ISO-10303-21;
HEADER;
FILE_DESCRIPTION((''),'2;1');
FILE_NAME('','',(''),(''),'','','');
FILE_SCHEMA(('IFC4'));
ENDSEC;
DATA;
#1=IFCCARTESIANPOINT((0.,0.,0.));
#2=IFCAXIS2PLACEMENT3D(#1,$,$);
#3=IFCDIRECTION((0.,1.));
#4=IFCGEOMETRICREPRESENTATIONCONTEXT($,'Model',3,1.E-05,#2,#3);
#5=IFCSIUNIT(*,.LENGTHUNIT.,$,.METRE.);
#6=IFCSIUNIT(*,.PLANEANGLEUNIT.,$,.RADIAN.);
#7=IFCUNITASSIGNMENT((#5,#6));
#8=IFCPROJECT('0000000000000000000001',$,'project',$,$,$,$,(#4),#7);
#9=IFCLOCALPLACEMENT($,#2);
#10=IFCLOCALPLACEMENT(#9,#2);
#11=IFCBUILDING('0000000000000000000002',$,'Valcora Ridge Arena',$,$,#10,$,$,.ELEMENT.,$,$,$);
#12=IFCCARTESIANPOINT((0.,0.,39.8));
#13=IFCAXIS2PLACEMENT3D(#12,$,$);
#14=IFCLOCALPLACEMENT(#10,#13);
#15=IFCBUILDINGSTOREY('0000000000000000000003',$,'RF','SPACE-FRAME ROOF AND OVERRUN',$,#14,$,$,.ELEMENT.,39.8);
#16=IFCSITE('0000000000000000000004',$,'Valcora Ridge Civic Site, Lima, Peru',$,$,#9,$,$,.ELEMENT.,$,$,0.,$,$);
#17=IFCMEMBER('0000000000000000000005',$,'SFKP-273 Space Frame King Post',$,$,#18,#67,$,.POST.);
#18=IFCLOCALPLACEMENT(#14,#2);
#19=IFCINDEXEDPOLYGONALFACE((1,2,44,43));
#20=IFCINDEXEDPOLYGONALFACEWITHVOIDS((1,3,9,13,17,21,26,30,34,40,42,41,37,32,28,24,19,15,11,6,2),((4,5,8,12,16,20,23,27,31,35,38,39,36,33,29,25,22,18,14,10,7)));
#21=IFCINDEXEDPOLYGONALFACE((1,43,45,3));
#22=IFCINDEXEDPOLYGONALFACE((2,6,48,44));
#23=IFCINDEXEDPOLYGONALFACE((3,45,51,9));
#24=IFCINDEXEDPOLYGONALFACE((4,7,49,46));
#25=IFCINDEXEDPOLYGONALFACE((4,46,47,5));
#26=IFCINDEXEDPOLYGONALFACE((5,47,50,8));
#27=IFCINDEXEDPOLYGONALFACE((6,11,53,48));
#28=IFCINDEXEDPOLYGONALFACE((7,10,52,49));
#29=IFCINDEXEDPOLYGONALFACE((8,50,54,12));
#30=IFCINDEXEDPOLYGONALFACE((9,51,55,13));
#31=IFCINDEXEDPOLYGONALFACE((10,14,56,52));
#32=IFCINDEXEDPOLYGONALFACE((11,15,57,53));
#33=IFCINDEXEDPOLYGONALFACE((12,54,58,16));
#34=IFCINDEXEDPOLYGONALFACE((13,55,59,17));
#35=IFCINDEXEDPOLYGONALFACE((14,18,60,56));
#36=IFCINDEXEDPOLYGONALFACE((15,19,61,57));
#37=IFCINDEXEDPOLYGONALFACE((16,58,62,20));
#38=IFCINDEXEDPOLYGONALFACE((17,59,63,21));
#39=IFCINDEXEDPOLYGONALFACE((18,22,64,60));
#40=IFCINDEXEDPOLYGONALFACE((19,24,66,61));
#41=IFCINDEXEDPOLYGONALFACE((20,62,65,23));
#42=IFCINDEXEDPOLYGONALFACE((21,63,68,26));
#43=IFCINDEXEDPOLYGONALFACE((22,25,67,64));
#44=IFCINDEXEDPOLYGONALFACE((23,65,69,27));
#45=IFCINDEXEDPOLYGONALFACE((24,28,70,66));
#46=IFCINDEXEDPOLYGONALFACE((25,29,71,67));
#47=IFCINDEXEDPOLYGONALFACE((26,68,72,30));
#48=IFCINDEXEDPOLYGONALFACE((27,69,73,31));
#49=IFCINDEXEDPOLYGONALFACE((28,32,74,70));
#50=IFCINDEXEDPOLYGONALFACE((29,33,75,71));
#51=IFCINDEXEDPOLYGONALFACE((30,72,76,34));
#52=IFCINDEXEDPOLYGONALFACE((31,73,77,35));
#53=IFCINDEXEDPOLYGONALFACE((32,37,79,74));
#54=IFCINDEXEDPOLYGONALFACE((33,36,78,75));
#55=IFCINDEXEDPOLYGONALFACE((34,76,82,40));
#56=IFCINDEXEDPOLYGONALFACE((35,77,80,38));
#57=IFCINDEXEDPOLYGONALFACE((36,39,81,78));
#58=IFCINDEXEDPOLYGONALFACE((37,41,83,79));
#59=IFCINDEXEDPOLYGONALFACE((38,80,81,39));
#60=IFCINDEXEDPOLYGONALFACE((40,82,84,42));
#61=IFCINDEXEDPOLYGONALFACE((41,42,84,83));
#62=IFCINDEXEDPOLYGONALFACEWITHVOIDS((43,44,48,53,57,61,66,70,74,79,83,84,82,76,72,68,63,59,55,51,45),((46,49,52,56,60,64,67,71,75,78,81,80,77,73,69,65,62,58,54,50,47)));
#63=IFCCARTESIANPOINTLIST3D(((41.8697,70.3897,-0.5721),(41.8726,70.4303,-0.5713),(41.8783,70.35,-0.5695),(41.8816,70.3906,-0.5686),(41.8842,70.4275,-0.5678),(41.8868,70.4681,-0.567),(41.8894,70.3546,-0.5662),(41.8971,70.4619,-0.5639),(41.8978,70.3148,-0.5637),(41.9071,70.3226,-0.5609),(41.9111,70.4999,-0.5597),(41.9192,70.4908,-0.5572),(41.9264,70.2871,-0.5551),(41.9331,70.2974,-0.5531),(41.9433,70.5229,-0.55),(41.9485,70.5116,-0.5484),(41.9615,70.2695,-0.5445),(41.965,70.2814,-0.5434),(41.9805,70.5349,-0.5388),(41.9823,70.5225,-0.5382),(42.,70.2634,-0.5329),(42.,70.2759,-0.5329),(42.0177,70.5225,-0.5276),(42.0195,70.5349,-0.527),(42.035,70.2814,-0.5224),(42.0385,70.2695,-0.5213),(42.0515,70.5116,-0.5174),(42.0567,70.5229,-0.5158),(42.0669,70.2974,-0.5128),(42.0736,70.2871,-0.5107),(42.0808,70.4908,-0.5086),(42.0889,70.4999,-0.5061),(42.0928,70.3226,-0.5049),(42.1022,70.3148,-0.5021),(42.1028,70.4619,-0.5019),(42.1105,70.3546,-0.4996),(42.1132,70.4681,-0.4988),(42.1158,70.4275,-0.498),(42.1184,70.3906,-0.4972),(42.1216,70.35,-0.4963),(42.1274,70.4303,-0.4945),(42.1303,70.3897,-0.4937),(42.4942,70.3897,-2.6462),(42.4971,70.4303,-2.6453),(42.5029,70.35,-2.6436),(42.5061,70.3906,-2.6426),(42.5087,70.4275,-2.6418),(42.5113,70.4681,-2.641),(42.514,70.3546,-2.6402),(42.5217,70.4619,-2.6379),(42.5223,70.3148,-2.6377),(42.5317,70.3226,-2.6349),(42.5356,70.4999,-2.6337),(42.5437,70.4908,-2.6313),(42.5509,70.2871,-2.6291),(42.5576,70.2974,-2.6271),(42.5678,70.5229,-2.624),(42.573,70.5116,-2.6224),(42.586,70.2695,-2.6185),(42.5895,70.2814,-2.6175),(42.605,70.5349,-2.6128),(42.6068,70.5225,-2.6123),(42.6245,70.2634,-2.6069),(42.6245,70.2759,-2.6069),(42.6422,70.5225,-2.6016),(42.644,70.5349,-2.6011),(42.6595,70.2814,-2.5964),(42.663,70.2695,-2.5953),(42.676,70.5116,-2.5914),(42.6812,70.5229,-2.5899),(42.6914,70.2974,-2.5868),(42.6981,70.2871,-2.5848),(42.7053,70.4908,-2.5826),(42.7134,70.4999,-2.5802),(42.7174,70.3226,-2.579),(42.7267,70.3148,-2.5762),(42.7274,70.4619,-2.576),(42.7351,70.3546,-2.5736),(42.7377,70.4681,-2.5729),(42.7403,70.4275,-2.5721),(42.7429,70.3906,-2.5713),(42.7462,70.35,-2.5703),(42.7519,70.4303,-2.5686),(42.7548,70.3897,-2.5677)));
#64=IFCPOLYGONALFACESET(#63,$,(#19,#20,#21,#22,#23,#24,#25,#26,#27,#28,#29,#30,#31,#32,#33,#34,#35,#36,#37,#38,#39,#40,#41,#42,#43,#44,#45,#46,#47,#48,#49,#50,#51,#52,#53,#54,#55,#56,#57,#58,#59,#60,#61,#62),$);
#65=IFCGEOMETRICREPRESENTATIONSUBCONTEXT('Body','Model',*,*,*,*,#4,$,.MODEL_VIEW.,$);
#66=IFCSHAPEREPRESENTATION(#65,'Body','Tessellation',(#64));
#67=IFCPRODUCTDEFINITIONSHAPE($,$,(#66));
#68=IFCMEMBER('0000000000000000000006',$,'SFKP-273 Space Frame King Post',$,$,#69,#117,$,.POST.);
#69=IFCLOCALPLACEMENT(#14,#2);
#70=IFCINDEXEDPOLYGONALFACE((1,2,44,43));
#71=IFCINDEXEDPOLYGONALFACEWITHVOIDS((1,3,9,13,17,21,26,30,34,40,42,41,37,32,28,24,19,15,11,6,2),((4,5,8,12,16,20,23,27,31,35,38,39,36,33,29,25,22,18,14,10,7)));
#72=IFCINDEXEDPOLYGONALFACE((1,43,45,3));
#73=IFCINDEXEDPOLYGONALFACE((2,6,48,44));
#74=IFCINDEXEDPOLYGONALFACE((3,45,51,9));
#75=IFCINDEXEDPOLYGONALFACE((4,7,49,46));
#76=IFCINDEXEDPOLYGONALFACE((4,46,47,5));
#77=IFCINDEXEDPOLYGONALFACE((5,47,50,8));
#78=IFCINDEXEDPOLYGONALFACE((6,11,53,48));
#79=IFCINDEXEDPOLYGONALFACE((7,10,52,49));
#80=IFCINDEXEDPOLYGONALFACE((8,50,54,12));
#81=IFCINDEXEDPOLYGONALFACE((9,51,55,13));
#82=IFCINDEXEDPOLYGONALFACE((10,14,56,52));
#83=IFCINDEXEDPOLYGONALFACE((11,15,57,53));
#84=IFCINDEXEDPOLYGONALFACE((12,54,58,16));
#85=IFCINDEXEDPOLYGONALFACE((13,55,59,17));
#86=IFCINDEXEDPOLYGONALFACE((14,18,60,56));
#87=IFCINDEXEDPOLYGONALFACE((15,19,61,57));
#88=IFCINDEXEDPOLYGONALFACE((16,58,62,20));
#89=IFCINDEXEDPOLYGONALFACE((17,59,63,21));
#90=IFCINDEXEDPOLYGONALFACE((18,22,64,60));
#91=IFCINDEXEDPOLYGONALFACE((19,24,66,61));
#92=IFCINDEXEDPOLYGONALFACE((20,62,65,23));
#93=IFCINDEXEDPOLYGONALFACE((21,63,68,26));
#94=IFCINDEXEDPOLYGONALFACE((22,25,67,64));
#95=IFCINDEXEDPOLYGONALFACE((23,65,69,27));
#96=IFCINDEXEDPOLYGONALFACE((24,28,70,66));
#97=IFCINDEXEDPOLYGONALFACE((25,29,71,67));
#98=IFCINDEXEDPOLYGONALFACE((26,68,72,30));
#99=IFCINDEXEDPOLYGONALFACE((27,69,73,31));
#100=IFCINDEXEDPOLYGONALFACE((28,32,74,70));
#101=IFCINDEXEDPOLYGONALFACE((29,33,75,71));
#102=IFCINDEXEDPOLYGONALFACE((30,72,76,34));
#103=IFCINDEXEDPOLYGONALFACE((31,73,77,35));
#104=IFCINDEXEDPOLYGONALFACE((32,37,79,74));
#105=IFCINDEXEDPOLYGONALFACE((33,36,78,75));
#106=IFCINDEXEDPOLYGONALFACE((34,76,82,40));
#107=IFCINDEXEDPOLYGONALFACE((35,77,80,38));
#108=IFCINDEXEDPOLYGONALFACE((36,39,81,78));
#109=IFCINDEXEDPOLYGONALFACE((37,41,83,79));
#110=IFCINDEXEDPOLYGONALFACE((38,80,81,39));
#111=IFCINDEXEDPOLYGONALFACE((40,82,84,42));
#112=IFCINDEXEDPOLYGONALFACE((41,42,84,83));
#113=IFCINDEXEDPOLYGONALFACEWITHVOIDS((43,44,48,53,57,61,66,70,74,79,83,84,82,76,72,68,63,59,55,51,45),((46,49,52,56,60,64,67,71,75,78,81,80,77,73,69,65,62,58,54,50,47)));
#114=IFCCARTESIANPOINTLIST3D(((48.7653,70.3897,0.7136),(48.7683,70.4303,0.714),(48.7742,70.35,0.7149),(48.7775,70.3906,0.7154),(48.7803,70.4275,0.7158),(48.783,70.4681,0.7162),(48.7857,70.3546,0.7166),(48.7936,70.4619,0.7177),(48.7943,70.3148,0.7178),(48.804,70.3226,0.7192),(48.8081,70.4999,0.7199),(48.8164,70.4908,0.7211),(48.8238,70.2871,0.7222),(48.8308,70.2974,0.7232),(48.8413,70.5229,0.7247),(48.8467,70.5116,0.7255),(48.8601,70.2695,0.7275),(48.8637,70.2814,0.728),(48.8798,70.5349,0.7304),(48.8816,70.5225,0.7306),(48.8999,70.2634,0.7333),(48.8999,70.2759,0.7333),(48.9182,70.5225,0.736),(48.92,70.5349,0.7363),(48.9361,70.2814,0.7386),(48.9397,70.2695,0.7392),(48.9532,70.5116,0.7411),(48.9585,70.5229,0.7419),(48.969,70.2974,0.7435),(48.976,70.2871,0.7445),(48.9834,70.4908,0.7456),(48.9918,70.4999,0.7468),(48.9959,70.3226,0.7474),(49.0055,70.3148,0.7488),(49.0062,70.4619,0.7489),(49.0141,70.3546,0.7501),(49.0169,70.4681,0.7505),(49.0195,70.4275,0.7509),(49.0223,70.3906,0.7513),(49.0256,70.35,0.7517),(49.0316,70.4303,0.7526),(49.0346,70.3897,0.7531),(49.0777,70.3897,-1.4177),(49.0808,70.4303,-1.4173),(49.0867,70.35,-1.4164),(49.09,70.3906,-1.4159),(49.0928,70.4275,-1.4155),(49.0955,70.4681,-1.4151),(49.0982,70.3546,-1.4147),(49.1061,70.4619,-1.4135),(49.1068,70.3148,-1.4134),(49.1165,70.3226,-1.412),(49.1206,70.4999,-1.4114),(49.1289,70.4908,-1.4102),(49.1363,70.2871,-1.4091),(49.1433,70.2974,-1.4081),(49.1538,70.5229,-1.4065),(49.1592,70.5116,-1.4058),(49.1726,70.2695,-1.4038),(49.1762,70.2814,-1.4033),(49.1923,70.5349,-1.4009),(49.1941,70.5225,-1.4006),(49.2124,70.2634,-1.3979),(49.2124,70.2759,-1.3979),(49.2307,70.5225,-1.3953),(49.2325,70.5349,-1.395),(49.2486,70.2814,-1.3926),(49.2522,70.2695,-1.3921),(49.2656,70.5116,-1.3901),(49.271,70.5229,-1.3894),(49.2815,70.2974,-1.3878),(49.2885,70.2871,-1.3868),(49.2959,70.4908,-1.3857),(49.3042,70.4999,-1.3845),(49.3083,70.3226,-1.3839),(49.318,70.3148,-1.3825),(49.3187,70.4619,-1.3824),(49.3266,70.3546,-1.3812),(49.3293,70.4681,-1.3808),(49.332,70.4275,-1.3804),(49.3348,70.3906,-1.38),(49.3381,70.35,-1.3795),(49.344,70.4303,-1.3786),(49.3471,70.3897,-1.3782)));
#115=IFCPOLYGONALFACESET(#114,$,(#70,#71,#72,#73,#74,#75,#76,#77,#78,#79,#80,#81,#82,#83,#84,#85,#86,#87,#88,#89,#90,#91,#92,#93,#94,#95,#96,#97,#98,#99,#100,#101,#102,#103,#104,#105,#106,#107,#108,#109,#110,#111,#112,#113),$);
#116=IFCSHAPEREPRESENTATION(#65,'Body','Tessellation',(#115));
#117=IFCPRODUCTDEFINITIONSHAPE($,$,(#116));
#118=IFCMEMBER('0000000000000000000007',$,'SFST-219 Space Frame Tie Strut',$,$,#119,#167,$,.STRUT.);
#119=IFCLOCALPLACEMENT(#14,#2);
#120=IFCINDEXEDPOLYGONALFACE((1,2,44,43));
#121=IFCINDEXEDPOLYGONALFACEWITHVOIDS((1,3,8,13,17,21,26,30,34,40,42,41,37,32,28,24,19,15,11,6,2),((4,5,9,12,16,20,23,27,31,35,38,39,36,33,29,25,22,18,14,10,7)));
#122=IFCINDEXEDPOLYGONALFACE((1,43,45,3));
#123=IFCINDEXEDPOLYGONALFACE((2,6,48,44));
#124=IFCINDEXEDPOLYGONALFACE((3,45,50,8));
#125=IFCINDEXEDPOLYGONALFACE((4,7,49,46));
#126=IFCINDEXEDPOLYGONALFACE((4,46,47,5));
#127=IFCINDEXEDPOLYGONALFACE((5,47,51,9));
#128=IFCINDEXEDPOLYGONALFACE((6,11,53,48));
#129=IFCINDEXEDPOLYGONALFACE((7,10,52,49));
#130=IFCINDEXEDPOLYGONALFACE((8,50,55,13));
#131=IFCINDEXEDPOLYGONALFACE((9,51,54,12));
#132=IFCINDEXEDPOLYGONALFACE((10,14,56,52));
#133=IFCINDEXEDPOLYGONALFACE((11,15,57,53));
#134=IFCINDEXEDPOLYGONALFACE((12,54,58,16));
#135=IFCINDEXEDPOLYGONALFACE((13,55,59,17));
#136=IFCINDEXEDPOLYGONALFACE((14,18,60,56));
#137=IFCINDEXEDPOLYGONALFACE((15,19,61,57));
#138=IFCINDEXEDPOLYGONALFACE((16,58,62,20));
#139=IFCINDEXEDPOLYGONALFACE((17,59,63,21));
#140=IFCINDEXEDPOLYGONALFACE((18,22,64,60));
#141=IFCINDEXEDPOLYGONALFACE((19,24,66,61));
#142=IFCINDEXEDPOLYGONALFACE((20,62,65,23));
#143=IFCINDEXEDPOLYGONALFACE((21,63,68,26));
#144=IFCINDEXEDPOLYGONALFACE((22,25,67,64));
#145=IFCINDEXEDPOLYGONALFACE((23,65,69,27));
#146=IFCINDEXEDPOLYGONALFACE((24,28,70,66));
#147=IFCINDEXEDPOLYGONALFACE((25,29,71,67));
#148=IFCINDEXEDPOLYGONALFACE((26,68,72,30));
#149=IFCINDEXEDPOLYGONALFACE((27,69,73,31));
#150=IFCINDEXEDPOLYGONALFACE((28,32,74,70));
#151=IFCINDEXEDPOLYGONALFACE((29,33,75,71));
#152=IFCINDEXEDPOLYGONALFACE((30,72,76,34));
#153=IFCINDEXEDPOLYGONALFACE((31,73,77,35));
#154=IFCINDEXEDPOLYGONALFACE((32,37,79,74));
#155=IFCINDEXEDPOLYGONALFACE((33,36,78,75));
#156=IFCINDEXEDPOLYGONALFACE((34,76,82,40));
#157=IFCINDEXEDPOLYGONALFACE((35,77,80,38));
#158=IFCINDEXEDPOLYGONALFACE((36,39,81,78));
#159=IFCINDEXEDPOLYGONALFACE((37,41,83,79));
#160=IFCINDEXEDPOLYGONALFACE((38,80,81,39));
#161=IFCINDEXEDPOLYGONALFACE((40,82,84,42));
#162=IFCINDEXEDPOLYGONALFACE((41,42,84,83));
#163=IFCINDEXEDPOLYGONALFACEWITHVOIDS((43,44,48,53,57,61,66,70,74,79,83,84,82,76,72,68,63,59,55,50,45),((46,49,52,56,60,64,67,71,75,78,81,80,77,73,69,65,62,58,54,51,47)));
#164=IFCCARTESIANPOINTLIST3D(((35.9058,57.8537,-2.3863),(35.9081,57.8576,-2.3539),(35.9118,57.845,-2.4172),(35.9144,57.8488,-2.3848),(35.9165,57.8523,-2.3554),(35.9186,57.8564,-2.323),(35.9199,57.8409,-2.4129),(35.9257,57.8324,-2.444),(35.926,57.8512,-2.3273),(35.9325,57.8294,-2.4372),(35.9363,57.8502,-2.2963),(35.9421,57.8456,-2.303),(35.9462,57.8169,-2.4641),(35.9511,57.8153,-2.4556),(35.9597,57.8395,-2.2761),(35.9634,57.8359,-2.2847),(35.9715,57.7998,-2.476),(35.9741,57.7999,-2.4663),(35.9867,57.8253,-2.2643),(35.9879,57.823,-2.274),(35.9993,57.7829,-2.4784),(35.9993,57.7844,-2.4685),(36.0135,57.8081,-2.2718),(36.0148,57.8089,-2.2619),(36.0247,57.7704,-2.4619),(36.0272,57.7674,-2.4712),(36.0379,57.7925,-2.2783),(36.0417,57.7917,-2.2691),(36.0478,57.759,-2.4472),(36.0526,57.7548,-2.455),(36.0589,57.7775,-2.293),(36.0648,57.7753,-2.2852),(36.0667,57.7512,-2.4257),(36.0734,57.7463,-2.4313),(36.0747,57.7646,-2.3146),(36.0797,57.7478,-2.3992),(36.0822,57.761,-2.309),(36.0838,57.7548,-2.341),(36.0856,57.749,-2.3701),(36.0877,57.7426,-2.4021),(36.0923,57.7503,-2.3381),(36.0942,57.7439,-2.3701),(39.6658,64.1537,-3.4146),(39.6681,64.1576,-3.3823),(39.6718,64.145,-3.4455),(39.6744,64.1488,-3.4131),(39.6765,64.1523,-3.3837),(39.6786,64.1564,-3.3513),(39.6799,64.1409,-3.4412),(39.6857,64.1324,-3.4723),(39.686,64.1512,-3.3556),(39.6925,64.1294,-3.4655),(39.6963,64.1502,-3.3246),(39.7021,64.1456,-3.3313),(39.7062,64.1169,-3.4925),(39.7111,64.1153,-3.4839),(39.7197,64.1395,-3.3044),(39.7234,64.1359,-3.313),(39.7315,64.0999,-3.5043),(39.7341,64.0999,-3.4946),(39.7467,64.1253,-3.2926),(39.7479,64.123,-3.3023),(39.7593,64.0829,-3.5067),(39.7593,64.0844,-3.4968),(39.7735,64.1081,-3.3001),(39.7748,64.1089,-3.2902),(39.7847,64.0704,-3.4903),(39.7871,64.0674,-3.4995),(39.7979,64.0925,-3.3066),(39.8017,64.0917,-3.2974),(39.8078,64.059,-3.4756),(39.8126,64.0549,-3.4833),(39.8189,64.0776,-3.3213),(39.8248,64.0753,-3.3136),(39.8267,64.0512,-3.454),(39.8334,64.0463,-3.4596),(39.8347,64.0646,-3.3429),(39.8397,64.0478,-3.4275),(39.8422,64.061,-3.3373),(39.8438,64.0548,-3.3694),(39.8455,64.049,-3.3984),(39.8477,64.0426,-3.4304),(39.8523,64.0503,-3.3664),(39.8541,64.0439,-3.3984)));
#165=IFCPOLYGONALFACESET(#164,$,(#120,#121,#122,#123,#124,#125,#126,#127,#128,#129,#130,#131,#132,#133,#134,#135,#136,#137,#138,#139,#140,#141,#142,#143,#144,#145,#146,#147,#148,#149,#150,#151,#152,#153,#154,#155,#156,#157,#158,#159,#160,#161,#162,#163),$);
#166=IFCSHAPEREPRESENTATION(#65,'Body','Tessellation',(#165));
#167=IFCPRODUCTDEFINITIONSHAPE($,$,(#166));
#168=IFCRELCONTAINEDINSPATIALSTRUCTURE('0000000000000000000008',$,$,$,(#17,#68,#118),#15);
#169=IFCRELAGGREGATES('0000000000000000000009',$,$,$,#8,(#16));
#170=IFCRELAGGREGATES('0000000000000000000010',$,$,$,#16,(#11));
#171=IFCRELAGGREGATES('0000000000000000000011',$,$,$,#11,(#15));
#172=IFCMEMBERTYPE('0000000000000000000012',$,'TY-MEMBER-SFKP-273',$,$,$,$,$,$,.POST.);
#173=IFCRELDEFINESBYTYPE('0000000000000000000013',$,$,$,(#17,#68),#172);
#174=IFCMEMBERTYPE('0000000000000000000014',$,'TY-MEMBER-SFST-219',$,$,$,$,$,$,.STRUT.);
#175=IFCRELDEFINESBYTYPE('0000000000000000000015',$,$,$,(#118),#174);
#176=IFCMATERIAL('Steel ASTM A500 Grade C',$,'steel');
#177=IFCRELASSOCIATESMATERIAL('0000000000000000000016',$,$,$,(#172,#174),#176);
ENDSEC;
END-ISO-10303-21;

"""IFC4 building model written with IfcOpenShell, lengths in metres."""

from ifc_helpers import new_model, si_unit, direction, frame, origin, origin_2d, place, context, subcontext, project, spatial, hollow_circle, extrude, material, material_profile, profile_set, type_object, element, save


model = new_model("IFC4")

# Units and contexts
model_context = context("Model", 3, precision=1e-05, world=origin(), true_north=direction((0.0, 1.0)))
body_context = subcontext(model_context, "Body", "Model", "MODEL_VIEW")
ifc_project = project(units=[si_unit("LENGTHUNIT", "METRE"), si_unit("PLANEANGLEUNIT", "RADIAN")], contexts=[model_context])

# Site, building, storey
site_placement = place(None, origin())
site = spatial("IfcSite", under=ifc_project, at=site_placement, Name="Valcora Ridge Civic Site, Lima, Peru", CompositionType="ELEMENT", RefElevation=0.0)
building_placement = place(site_placement, origin())
building = spatial("IfcBuilding", under=site, at=building_placement, Name="Valcora Ridge Arena", CompositionType="ELEMENT")
storey_placement = place(building_placement, frame((0.0, 0.0, 39.8)))
storey = spatial("IfcBuildingStorey", under=building, at=storey_placement, Name="RF", Description="SPACE-FRAME ROOF AND OVERRUN", CompositionType="ELEMENT", Elevation=39.8)

# Members
ifc_material_1 = material(Name="Steel ASTM A500 Grade C", Category="steel")
ifc_material_profile_1 = material_profile(ifc_material_1, hollow_circle(Radius=0.1365, WallThickness=0.0125, at=origin_2d()), Name="CHS273X12")
ifc_profile_set_1 = profile_set([ifc_material_profile_1], Name="Steel ASTM A500 Grade C")
member_type_1 = type_object("IfcMemberType", Name="TY-MEMBER-SFKP-273", PredefinedType="POST", material=ifc_profile_set_1)
member_1_placement = place(storey_placement, frame((42.6245, 70.3999, -2.6069), z_axis=(-0.28833, 0.0, 0.957531), x_axis=(0.0, -1.0, 0.0)))
element("IfcMember", 1, at=member_1_placement, inside=storey, type_object=member_type_1, Name="SFKP-273 Space Frame King Post", PredefinedType="POST", context=body_context, shape_type="SweptSolid", body=[
    extrude(hollow_circle(Radius=0.1365, WallThickness=0.0125, at=origin_2d()), origin(), (0.0, 0.0, 1.0), 2.166),
])
member_2_placement = place(storey_placement, frame((49.2124, 70.3999, -1.3979), z_axis=(-0.14507, 0.0, 0.989421), x_axis=(0.0, -1.0, 0.0)))
element("IfcMember", 2, at=member_2_placement, inside=storey, type_object=member_type_1, Name="SFKP-273 Space Frame King Post", PredefinedType="POST", context=body_context, shape_type="SweptSolid", body=[
    extrude(hollow_circle(Radius=0.1365, WallThickness=0.0125, at=origin_2d()), origin(), (0.0, 0.0, 1.0), 2.1541),
])
ifc_material_profile_2 = material_profile(ifc_material_1, hollow_circle(Radius=0.1096, WallThickness=0.01, at=origin_2d()), Name="CHS219X10")
ifc_profile_set_2 = profile_set([ifc_material_profile_2], Name="Steel ASTM A500 Grade C")
member_type_2 = type_object("IfcMemberType", Name="TY-MEMBER-SFST-219", PredefinedType="STRUT", material=ifc_profile_set_2)
member_3_placement = place(storey_placement, frame((39.76, 64.1001, -3.3984), z_axis=(-0.507527, -0.850382, 0.138803), x_axis=(0.858694, -0.512488, 0.0)))
element("IfcMember", 3, at=member_3_placement, inside=storey, type_object=member_type_2, Name="SFST-219 Space Frame Tie Strut", PredefinedType="STRUT", context=body_context, shape_type="SweptSolid", body=[
    extrude(hollow_circle(Radius=0.1096, WallThickness=0.01, at=origin_2d()), origin(), (0.0, 0.0, 1.0), 7.4084),
])

save(model, "model.ifc")
